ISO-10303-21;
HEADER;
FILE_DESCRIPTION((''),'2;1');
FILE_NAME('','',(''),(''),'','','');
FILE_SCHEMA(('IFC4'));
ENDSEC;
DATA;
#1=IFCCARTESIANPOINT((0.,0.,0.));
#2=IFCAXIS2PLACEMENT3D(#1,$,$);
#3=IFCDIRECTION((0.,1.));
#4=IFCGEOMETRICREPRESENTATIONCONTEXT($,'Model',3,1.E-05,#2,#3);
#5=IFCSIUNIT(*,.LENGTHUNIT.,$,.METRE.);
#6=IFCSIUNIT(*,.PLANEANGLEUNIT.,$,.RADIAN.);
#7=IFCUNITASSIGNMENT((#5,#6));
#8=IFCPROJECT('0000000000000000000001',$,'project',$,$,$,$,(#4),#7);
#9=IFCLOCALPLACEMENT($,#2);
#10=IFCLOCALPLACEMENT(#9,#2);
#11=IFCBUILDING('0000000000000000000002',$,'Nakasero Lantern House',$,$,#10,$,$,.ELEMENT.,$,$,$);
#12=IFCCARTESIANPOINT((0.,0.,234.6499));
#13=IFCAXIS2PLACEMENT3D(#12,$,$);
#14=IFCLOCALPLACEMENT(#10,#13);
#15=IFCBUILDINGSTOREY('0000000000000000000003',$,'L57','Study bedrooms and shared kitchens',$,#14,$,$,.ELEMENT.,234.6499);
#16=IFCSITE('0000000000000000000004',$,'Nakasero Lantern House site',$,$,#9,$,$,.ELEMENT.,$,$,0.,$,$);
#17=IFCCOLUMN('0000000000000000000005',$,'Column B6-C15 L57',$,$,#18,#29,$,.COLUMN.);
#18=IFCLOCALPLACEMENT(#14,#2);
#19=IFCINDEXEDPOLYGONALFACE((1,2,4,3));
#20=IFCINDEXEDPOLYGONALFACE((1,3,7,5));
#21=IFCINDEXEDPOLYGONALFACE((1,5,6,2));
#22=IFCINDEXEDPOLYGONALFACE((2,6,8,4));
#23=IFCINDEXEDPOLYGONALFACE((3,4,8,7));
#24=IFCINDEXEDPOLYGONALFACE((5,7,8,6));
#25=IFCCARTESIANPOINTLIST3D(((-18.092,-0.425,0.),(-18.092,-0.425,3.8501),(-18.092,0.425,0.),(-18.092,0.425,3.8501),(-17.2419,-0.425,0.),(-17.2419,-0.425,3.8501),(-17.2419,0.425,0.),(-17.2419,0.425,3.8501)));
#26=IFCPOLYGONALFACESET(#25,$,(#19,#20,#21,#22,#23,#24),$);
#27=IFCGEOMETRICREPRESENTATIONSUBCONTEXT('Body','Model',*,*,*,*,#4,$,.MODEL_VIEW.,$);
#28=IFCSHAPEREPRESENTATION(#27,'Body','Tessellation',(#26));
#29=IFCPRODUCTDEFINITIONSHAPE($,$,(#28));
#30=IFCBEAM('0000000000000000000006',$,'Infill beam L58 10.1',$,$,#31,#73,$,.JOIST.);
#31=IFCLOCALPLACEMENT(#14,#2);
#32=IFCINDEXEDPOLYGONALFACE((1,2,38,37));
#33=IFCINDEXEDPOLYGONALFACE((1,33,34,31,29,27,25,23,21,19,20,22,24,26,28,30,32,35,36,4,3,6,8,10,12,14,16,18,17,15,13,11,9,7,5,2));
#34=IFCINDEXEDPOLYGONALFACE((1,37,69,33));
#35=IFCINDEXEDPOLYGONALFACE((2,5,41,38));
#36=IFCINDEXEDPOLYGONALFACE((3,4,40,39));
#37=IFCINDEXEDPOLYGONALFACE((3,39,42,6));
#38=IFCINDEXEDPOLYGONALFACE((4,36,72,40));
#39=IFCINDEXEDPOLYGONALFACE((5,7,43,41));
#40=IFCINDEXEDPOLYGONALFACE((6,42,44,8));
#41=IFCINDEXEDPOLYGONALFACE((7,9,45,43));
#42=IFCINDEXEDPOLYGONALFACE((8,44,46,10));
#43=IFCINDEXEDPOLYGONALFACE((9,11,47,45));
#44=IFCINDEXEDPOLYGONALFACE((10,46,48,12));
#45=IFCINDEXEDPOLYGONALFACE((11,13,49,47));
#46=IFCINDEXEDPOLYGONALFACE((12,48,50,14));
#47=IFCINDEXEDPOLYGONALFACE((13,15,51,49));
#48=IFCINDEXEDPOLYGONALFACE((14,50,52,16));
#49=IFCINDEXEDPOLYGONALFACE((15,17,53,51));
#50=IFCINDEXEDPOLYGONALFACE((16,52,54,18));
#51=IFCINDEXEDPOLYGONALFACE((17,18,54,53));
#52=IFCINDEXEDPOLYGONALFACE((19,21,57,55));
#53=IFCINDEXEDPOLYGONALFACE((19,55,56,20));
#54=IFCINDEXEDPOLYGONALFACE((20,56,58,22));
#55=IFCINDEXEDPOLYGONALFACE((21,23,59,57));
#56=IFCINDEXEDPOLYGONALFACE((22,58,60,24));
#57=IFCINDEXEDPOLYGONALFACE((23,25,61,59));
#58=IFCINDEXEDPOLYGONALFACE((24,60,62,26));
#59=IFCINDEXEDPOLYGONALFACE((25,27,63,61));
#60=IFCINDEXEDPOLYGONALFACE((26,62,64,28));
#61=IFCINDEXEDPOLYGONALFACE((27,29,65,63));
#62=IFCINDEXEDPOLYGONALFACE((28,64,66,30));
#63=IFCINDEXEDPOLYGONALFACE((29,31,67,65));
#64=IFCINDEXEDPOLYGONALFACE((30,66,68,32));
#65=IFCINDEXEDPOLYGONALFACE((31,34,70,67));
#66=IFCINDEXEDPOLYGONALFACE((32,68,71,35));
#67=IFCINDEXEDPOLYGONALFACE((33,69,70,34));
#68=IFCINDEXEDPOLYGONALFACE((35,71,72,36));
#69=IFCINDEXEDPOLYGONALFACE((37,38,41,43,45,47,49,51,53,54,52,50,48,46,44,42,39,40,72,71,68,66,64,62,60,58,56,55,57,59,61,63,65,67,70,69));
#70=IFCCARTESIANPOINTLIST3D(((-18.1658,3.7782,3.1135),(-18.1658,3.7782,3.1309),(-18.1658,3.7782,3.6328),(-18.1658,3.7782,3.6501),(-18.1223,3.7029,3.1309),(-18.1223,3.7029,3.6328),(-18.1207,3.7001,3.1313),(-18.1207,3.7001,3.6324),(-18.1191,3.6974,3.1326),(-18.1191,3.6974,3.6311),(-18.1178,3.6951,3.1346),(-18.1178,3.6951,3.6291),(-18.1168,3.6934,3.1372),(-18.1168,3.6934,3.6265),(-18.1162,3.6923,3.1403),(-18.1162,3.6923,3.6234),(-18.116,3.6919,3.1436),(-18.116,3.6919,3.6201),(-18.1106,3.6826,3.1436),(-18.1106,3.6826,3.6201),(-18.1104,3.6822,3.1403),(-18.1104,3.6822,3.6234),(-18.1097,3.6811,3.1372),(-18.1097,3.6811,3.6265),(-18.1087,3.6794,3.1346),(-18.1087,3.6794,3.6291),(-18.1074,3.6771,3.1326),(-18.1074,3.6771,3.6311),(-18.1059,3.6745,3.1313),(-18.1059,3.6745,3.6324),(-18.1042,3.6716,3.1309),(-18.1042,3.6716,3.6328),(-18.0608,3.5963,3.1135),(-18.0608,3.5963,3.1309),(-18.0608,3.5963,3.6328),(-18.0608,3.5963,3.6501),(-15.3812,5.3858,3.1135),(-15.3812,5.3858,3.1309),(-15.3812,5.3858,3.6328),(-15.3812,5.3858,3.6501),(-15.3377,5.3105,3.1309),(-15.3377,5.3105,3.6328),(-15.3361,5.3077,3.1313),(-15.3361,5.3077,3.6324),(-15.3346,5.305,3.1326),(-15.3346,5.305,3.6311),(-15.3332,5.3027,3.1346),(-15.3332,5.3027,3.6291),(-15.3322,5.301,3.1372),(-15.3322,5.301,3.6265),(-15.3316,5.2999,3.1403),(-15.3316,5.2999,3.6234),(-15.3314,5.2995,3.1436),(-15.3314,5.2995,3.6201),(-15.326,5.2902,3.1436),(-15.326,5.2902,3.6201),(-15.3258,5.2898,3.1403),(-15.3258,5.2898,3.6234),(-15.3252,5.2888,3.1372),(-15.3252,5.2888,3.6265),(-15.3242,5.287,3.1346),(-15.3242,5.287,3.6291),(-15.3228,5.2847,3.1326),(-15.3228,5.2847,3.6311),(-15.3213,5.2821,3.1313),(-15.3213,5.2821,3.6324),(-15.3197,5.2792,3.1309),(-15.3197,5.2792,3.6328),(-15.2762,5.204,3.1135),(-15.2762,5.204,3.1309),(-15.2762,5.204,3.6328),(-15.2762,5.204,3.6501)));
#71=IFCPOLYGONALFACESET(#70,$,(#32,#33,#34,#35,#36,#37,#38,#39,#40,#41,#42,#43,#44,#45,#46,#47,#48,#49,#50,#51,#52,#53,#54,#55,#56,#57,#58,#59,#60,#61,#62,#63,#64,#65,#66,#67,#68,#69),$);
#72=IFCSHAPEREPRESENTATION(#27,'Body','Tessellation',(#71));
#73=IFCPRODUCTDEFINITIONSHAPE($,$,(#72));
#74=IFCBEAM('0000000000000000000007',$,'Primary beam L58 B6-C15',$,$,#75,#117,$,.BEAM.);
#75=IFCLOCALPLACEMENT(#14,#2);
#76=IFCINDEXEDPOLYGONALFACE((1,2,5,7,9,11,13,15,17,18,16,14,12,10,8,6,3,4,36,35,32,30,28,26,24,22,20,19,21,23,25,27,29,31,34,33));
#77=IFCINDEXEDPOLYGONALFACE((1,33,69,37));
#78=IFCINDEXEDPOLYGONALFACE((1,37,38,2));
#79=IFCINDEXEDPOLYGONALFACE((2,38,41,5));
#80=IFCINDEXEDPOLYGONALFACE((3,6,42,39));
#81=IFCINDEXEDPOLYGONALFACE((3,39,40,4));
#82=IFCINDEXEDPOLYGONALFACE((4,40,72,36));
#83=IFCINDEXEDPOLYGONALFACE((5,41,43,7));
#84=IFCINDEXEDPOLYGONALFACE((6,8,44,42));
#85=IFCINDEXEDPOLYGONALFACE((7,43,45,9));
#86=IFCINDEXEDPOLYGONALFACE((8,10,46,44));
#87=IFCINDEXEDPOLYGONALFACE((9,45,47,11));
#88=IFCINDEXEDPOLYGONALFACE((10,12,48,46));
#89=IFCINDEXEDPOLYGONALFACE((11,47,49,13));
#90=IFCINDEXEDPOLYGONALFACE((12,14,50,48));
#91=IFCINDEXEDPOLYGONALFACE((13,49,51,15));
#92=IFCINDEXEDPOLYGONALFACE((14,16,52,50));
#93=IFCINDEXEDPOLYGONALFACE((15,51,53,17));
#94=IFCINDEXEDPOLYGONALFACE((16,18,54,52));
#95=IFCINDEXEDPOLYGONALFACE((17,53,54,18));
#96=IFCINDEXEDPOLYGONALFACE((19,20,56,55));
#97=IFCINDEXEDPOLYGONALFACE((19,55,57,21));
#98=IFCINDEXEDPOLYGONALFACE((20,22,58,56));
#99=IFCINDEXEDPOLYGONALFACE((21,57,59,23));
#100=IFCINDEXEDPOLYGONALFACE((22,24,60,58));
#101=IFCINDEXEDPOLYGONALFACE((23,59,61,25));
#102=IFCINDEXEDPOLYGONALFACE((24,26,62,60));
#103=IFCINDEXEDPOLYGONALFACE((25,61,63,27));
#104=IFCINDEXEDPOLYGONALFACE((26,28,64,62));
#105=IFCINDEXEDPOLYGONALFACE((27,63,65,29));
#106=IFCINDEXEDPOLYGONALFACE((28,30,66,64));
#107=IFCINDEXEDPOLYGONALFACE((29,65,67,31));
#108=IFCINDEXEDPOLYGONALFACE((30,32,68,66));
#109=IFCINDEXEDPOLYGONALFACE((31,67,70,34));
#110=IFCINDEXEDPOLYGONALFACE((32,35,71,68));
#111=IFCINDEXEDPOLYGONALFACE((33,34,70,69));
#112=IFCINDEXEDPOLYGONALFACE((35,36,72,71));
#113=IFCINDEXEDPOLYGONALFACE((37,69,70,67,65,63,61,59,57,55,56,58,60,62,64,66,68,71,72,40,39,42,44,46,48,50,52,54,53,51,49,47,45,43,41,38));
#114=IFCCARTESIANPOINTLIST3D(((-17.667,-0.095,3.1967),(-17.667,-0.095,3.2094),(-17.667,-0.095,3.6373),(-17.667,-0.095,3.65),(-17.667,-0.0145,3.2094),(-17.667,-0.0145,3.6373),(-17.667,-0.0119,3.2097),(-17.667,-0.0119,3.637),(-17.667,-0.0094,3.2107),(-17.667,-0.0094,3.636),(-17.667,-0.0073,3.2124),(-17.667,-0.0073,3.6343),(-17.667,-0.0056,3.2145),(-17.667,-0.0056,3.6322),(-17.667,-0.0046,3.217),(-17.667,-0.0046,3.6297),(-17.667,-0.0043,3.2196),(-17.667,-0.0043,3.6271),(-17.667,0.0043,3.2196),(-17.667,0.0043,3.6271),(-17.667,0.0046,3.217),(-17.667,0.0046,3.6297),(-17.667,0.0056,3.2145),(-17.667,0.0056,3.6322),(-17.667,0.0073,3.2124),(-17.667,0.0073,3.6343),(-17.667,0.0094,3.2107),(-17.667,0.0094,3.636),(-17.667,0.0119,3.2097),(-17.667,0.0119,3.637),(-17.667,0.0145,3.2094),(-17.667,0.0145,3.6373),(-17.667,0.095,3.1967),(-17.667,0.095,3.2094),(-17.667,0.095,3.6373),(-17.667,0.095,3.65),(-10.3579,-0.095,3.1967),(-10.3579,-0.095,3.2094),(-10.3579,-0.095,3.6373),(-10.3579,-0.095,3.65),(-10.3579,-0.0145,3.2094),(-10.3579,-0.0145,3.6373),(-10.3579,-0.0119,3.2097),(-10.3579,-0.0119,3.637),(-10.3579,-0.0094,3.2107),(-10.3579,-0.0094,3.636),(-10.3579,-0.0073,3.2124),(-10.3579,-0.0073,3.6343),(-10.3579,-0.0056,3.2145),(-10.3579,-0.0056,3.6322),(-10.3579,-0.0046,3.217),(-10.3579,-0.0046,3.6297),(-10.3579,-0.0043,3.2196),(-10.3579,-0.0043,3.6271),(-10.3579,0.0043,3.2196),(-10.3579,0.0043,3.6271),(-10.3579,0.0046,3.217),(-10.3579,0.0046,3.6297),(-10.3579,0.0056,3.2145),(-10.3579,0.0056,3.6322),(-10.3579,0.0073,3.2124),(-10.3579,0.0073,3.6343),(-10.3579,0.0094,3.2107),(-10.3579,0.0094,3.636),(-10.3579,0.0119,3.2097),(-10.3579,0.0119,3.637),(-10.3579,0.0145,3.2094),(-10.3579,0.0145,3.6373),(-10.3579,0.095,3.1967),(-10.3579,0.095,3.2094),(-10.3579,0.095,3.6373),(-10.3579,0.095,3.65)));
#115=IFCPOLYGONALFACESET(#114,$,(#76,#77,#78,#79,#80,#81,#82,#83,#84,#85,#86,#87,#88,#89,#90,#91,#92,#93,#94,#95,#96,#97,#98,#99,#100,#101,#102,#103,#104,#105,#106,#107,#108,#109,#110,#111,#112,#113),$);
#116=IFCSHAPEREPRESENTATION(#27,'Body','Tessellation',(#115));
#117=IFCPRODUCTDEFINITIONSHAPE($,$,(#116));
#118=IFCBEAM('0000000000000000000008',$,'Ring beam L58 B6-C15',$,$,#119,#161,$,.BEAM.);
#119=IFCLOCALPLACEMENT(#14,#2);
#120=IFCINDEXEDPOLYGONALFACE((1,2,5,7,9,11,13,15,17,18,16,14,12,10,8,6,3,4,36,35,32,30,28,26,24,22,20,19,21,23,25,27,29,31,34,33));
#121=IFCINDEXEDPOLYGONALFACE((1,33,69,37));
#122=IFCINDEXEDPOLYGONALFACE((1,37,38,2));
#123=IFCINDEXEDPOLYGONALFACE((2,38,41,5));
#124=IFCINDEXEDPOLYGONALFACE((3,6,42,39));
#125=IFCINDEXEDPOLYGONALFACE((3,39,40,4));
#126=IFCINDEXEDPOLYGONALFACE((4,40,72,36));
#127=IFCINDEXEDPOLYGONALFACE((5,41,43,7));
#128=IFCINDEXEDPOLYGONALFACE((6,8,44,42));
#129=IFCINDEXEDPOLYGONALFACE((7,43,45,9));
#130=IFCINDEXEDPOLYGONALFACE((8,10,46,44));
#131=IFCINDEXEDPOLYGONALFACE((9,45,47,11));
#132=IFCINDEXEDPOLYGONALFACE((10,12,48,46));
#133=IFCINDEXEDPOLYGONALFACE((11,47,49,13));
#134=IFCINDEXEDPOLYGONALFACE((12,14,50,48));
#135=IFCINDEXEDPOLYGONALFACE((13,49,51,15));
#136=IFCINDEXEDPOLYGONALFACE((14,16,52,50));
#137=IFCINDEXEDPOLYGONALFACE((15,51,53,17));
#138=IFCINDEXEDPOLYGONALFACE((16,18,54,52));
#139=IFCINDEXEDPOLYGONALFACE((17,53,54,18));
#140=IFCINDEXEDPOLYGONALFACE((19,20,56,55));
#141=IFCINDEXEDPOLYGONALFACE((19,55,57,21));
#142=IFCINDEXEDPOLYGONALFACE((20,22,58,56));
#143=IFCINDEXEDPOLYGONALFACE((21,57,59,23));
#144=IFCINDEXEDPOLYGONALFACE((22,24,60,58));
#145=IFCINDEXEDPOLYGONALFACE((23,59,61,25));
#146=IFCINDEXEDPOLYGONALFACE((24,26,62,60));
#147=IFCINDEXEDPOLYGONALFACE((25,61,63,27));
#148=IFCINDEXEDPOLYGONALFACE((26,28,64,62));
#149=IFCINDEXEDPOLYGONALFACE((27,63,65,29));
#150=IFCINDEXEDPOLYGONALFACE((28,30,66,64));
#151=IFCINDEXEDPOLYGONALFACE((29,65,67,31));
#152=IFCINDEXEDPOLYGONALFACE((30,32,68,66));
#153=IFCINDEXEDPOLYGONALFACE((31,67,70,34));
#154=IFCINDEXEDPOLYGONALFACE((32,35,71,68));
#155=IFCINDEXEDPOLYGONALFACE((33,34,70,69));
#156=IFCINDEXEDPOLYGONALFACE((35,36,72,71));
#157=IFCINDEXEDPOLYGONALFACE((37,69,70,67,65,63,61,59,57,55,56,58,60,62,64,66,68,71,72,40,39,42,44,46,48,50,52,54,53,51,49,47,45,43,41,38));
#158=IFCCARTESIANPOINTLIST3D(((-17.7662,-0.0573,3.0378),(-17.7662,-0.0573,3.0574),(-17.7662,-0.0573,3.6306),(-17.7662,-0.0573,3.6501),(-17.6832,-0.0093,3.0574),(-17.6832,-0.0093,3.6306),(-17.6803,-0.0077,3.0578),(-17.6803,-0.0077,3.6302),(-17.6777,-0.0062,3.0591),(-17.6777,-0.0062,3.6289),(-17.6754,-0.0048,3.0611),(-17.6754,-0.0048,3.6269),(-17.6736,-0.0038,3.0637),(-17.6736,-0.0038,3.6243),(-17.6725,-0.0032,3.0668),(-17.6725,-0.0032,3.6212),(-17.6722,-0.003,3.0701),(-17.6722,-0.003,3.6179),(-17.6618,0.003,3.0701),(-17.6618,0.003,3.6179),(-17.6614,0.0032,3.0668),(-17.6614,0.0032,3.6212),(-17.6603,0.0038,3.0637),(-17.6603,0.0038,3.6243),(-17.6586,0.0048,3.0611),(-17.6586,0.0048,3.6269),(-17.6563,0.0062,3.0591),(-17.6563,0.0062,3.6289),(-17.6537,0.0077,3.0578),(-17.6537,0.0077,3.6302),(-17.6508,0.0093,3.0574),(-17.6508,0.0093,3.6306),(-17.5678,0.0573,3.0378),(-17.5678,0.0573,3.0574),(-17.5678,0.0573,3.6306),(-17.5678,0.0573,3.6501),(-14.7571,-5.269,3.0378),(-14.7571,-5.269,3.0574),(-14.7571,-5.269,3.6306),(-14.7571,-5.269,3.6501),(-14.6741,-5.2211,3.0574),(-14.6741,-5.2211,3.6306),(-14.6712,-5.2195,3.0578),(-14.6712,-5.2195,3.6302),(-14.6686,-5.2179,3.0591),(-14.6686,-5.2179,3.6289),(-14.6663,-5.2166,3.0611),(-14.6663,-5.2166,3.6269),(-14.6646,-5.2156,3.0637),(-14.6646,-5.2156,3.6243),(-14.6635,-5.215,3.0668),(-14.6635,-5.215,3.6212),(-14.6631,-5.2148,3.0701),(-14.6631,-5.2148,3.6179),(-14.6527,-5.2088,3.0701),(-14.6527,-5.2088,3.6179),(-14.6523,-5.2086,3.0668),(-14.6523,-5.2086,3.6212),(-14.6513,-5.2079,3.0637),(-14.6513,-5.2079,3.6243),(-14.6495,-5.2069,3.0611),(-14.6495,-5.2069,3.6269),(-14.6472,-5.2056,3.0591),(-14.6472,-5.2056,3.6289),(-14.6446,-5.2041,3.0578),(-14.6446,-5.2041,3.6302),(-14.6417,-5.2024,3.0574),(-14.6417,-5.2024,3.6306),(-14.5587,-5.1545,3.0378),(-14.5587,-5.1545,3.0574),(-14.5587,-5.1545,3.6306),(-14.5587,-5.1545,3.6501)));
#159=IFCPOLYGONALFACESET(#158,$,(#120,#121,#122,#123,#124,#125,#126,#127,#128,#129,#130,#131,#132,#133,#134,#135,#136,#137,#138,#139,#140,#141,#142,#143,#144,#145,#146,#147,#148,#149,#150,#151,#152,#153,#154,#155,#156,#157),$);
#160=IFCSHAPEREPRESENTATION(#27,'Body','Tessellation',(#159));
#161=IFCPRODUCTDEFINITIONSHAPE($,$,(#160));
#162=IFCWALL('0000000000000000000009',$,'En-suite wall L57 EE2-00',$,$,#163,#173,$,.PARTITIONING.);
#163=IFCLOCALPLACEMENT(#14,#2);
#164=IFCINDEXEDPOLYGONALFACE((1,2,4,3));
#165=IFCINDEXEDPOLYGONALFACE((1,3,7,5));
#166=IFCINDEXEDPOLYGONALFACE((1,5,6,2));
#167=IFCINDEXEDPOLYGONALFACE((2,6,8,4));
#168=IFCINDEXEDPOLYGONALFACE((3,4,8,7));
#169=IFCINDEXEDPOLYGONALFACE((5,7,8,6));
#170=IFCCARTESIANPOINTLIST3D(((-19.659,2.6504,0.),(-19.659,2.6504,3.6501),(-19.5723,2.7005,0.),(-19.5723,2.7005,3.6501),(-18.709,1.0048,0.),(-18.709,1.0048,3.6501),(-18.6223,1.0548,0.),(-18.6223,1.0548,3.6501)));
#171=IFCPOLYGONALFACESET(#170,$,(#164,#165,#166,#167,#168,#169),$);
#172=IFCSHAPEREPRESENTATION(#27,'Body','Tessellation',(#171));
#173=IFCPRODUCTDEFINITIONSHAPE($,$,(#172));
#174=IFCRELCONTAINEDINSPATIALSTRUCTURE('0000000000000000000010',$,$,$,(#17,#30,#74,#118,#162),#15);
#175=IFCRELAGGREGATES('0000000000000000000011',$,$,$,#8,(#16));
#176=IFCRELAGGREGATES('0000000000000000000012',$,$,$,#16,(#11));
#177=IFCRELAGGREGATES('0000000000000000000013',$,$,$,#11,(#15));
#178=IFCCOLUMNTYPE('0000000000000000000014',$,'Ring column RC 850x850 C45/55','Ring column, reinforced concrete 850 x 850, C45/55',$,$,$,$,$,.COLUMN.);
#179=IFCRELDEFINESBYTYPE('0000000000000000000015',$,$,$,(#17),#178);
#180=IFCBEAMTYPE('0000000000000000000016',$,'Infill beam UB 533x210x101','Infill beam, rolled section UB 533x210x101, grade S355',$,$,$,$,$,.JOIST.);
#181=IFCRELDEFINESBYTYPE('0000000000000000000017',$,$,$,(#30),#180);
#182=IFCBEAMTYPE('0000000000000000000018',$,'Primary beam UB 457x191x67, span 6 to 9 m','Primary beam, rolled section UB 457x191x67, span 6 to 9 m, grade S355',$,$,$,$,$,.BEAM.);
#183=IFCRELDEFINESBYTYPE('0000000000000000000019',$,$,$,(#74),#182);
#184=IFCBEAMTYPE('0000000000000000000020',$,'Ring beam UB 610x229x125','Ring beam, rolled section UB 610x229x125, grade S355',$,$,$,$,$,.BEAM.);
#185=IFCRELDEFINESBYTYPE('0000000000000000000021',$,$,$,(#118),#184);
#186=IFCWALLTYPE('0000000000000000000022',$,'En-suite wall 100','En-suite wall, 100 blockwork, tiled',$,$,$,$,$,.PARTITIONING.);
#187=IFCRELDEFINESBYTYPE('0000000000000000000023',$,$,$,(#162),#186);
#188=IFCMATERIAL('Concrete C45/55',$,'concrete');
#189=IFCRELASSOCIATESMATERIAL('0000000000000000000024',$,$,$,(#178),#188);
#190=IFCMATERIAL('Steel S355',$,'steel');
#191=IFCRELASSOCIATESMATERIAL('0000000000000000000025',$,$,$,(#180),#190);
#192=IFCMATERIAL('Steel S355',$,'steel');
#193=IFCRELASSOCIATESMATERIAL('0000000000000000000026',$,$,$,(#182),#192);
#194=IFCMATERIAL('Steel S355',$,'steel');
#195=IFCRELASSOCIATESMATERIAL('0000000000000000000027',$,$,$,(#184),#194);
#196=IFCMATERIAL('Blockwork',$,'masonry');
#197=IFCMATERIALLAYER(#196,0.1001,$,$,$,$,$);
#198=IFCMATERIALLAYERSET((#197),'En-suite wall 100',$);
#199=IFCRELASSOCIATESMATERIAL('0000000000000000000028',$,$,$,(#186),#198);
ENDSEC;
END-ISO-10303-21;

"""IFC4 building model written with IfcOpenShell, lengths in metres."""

from ifc_helpers import new_model, si_unit, direction, frame, frame_2d, origin, origin_2d, place, context, subcontext, project, spatial, rectangle, i_section, extrude, material, layer, layer_set, material_profile, profile_set, type_object, element, save


model = new_model("IFC4")

# Units and contexts
model_context = context("Model", 3, precision=1e-05, world=origin(), true_north=direction((0.0, 1.0)))
body_context = subcontext(model_context, "Body", "Model", "MODEL_VIEW")
ifc_project = project(units=[si_unit("LENGTHUNIT", "METRE"), si_unit("PLANEANGLEUNIT", "RADIAN")], contexts=[model_context])

# Site, building, storey
site_placement = place(None, origin())
site = spatial("IfcSite", under=ifc_project, at=site_placement, Name="Nakasero Lantern House site", CompositionType="ELEMENT", RefElevation=0.0)
building_placement = place(site_placement, origin())
building = spatial("IfcBuilding", under=site, at=building_placement, Name="Nakasero Lantern House", CompositionType="ELEMENT")
storey_placement = place(building_placement, frame((0.0, 0.0, 234.6499)))
storey = spatial("IfcBuildingStorey", under=building, at=storey_placement, Name="L57", Description="Study bedrooms and shared kitchens", CompositionType="ELEMENT", Elevation=234.6499)

# Column
ifc_material_1 = material(Name="Concrete C45/55", Category="concrete")
ifc_material_profile_1 = material_profile(ifc_material_1, rectangle(XDim=0.8501, YDim=0.8501, at=origin_2d()), Name="RC 850x850")
ifc_profile_set_1 = profile_set([ifc_material_profile_1], Name="Concrete C45/55")
column_type = type_object("IfcColumnType", Name="Ring column RC 850x850 C45/55", Description="Ring column, reinforced concrete 850 x 850, C45/55", PredefinedType="COLUMN", material=ifc_profile_set_1)
column_placement = place(storey_placement, frame((-17.667, 0.0, 0.0), z_axis=(0.0, 0.0, 1.0), x_axis=(1.0, 0.0, 0.0)))
element("IfcColumn", 1, at=column_placement, inside=storey, type_object=column_type, Name="Column B6-C15 L57", PredefinedType="COLUMN", context=body_context, shape_type="SweptSolid", body=[
    extrude(rectangle(XDim=0.8501, YDim=0.8501, at=origin_2d()), origin(), (0.0, 0.0, 1.0), 3.8501),
])

# Beams
ifc_material_2 = material(Name="Steel S355", Category="steel")
ifc_material_profile_2 = material_profile(ifc_material_2, i_section(OverallWidth=0.21, OverallDepth=0.5366, WebThickness=0.0107, FlangeThickness=0.0173, FilletRadius=0.0127, at=origin_2d()), Name="UB 533x210x101")
ifc_profile_set_2 = profile_set([ifc_material_profile_2], Name="Steel S355")
beam_type_1 = type_object("IfcBeamType", Name="Infill beam UB 533x210x101", Description="Infill beam, rolled section UB 533x210x101, grade S355", PredefinedType="JOIST", material=ifc_profile_set_2)
beam_1_placement = place(storey_placement, frame((-18.1133, 3.6873, 3.3818), z_axis=(0.866034, 0.499985, 0.0), x_axis=(-0.499985, 0.866034, 0.0)))
element("IfcBeam", 2, at=beam_1_placement, inside=storey, type_object=beam_type_1, Name="Infill beam L58 10.1", PredefinedType="JOIST", context=body_context, shape_type="SweptSolid", body=[
    extrude(i_section(OverallWidth=0.21, OverallDepth=0.5366, WebThickness=0.0107, FlangeThickness=0.0173, FilletRadius=0.0127, at=origin_2d()), origin(), (0.0, 0.0, 1.0), 3.2153),
])
ifc_material_3 = material(Name="Steel S355", Category="steel")
ifc_material_profile_3 = material_profile(ifc_material_3, i_section(OverallWidth=0.1899, OverallDepth=0.4534, WebThickness=0.0085, FlangeThickness=0.0127, FilletRadius=0.0103, at=origin_2d()), Name="UB 457x191x67")
ifc_profile_set_3 = profile_set([ifc_material_profile_3], Name="Steel S355")
beam_type_2 = type_object("IfcBeamType", Name="Primary beam UB 457x191x67, span 6 to 9 m", Description="Primary beam, rolled section UB 457x191x67, span 6 to 9 m, grade S355", PredefinedType="BEAM", material=ifc_profile_set_3)
beam_2_placement = place(storey_placement, frame((-17.667, 0.0, 3.4233), z_axis=(1.0, 0.0, 0.0), x_axis=(0.0, 1.0, 0.0)))
element("IfcBeam", 3, at=beam_2_placement, inside=storey, type_object=beam_type_2, Name="Primary beam L58 B6-C15", PredefinedType="BEAM", context=body_context, shape_type="SweptSolid", body=[
    extrude(i_section(OverallWidth=0.1899, OverallDepth=0.4534, WebThickness=0.0085, FlangeThickness=0.0127, FilletRadius=0.0103, at=origin_2d()), origin(), (0.0, 0.0, 1.0), 7.3091),
])
ifc_material_4 = material(Name="Steel S355", Category="steel")
ifc_material_profile_4 = material_profile(ifc_material_4, i_section(OverallWidth=0.229, OverallDepth=0.6123, WebThickness=0.012, FlangeThickness=0.0195, FilletRadius=0.0127, at=origin_2d()), Name="UB 610x229x125")
ifc_profile_set_4 = profile_set([ifc_material_profile_4], Name="Steel S355")
beam_type_3 = type_object("IfcBeamType", Name="Ring beam UB 610x229x125", Description="Ring beam, rolled section UB 610x229x125, grade S355", PredefinedType="BEAM", material=ifc_profile_set_4)
beam_3_placement = place(storey_placement, frame((-17.667, 0.0, 3.344), z_axis=(0.500009, -0.86602, 0.0), x_axis=(0.86602, 0.500009, 0.0)))
element("IfcBeam", 4, at=beam_3_placement, inside=storey, type_object=beam_type_3, Name="Ring beam L58 B6-C15", PredefinedType="BEAM", context=body_context, shape_type="SweptSolid", body=[
    extrude(i_section(OverallWidth=0.229, OverallDepth=0.6123, WebThickness=0.012, FlangeThickness=0.0195, FilletRadius=0.0127, at=origin_2d()), origin(), (0.0, 0.0, 1.0), 6.0181),
])

# Wall
ifc_material_5 = material(Name="Blockwork", Category="masonry")
ifc_layer_1 = layer(ifc_material_5, 0.1001)
ifc_layer_set_1 = layer_set([ifc_layer_1], Name="En-suite wall 100")
wall_type_1 = type_object("IfcWallType", Name="En-suite wall 100", Description="En-suite wall, 100 blockwork, tiled", PredefinedType="PARTITIONING", material=ifc_layer_set_1)
wall_1_placement = place(storey_placement, frame((-19.6157, 2.6755, 0.0), z_axis=(0.0, 0.0, 1.0), x_axis=(0.499967, -0.866044, 0.0)))
element("IfcWall", 5, at=wall_1_placement, inside=storey, type_object=wall_type_1, Name="En-suite wall L57 EE2-00", PredefinedType="PARTITIONING", context=body_context, shape_type="SweptSolid", body=[
    extrude(rectangle(XDim=1.9001, YDim=0.1001, at=frame_2d((0.9502, 0.0))), origin(), (0.0, 0.0, 1.0), 3.6501),
])

save(model, "model.ifc")
